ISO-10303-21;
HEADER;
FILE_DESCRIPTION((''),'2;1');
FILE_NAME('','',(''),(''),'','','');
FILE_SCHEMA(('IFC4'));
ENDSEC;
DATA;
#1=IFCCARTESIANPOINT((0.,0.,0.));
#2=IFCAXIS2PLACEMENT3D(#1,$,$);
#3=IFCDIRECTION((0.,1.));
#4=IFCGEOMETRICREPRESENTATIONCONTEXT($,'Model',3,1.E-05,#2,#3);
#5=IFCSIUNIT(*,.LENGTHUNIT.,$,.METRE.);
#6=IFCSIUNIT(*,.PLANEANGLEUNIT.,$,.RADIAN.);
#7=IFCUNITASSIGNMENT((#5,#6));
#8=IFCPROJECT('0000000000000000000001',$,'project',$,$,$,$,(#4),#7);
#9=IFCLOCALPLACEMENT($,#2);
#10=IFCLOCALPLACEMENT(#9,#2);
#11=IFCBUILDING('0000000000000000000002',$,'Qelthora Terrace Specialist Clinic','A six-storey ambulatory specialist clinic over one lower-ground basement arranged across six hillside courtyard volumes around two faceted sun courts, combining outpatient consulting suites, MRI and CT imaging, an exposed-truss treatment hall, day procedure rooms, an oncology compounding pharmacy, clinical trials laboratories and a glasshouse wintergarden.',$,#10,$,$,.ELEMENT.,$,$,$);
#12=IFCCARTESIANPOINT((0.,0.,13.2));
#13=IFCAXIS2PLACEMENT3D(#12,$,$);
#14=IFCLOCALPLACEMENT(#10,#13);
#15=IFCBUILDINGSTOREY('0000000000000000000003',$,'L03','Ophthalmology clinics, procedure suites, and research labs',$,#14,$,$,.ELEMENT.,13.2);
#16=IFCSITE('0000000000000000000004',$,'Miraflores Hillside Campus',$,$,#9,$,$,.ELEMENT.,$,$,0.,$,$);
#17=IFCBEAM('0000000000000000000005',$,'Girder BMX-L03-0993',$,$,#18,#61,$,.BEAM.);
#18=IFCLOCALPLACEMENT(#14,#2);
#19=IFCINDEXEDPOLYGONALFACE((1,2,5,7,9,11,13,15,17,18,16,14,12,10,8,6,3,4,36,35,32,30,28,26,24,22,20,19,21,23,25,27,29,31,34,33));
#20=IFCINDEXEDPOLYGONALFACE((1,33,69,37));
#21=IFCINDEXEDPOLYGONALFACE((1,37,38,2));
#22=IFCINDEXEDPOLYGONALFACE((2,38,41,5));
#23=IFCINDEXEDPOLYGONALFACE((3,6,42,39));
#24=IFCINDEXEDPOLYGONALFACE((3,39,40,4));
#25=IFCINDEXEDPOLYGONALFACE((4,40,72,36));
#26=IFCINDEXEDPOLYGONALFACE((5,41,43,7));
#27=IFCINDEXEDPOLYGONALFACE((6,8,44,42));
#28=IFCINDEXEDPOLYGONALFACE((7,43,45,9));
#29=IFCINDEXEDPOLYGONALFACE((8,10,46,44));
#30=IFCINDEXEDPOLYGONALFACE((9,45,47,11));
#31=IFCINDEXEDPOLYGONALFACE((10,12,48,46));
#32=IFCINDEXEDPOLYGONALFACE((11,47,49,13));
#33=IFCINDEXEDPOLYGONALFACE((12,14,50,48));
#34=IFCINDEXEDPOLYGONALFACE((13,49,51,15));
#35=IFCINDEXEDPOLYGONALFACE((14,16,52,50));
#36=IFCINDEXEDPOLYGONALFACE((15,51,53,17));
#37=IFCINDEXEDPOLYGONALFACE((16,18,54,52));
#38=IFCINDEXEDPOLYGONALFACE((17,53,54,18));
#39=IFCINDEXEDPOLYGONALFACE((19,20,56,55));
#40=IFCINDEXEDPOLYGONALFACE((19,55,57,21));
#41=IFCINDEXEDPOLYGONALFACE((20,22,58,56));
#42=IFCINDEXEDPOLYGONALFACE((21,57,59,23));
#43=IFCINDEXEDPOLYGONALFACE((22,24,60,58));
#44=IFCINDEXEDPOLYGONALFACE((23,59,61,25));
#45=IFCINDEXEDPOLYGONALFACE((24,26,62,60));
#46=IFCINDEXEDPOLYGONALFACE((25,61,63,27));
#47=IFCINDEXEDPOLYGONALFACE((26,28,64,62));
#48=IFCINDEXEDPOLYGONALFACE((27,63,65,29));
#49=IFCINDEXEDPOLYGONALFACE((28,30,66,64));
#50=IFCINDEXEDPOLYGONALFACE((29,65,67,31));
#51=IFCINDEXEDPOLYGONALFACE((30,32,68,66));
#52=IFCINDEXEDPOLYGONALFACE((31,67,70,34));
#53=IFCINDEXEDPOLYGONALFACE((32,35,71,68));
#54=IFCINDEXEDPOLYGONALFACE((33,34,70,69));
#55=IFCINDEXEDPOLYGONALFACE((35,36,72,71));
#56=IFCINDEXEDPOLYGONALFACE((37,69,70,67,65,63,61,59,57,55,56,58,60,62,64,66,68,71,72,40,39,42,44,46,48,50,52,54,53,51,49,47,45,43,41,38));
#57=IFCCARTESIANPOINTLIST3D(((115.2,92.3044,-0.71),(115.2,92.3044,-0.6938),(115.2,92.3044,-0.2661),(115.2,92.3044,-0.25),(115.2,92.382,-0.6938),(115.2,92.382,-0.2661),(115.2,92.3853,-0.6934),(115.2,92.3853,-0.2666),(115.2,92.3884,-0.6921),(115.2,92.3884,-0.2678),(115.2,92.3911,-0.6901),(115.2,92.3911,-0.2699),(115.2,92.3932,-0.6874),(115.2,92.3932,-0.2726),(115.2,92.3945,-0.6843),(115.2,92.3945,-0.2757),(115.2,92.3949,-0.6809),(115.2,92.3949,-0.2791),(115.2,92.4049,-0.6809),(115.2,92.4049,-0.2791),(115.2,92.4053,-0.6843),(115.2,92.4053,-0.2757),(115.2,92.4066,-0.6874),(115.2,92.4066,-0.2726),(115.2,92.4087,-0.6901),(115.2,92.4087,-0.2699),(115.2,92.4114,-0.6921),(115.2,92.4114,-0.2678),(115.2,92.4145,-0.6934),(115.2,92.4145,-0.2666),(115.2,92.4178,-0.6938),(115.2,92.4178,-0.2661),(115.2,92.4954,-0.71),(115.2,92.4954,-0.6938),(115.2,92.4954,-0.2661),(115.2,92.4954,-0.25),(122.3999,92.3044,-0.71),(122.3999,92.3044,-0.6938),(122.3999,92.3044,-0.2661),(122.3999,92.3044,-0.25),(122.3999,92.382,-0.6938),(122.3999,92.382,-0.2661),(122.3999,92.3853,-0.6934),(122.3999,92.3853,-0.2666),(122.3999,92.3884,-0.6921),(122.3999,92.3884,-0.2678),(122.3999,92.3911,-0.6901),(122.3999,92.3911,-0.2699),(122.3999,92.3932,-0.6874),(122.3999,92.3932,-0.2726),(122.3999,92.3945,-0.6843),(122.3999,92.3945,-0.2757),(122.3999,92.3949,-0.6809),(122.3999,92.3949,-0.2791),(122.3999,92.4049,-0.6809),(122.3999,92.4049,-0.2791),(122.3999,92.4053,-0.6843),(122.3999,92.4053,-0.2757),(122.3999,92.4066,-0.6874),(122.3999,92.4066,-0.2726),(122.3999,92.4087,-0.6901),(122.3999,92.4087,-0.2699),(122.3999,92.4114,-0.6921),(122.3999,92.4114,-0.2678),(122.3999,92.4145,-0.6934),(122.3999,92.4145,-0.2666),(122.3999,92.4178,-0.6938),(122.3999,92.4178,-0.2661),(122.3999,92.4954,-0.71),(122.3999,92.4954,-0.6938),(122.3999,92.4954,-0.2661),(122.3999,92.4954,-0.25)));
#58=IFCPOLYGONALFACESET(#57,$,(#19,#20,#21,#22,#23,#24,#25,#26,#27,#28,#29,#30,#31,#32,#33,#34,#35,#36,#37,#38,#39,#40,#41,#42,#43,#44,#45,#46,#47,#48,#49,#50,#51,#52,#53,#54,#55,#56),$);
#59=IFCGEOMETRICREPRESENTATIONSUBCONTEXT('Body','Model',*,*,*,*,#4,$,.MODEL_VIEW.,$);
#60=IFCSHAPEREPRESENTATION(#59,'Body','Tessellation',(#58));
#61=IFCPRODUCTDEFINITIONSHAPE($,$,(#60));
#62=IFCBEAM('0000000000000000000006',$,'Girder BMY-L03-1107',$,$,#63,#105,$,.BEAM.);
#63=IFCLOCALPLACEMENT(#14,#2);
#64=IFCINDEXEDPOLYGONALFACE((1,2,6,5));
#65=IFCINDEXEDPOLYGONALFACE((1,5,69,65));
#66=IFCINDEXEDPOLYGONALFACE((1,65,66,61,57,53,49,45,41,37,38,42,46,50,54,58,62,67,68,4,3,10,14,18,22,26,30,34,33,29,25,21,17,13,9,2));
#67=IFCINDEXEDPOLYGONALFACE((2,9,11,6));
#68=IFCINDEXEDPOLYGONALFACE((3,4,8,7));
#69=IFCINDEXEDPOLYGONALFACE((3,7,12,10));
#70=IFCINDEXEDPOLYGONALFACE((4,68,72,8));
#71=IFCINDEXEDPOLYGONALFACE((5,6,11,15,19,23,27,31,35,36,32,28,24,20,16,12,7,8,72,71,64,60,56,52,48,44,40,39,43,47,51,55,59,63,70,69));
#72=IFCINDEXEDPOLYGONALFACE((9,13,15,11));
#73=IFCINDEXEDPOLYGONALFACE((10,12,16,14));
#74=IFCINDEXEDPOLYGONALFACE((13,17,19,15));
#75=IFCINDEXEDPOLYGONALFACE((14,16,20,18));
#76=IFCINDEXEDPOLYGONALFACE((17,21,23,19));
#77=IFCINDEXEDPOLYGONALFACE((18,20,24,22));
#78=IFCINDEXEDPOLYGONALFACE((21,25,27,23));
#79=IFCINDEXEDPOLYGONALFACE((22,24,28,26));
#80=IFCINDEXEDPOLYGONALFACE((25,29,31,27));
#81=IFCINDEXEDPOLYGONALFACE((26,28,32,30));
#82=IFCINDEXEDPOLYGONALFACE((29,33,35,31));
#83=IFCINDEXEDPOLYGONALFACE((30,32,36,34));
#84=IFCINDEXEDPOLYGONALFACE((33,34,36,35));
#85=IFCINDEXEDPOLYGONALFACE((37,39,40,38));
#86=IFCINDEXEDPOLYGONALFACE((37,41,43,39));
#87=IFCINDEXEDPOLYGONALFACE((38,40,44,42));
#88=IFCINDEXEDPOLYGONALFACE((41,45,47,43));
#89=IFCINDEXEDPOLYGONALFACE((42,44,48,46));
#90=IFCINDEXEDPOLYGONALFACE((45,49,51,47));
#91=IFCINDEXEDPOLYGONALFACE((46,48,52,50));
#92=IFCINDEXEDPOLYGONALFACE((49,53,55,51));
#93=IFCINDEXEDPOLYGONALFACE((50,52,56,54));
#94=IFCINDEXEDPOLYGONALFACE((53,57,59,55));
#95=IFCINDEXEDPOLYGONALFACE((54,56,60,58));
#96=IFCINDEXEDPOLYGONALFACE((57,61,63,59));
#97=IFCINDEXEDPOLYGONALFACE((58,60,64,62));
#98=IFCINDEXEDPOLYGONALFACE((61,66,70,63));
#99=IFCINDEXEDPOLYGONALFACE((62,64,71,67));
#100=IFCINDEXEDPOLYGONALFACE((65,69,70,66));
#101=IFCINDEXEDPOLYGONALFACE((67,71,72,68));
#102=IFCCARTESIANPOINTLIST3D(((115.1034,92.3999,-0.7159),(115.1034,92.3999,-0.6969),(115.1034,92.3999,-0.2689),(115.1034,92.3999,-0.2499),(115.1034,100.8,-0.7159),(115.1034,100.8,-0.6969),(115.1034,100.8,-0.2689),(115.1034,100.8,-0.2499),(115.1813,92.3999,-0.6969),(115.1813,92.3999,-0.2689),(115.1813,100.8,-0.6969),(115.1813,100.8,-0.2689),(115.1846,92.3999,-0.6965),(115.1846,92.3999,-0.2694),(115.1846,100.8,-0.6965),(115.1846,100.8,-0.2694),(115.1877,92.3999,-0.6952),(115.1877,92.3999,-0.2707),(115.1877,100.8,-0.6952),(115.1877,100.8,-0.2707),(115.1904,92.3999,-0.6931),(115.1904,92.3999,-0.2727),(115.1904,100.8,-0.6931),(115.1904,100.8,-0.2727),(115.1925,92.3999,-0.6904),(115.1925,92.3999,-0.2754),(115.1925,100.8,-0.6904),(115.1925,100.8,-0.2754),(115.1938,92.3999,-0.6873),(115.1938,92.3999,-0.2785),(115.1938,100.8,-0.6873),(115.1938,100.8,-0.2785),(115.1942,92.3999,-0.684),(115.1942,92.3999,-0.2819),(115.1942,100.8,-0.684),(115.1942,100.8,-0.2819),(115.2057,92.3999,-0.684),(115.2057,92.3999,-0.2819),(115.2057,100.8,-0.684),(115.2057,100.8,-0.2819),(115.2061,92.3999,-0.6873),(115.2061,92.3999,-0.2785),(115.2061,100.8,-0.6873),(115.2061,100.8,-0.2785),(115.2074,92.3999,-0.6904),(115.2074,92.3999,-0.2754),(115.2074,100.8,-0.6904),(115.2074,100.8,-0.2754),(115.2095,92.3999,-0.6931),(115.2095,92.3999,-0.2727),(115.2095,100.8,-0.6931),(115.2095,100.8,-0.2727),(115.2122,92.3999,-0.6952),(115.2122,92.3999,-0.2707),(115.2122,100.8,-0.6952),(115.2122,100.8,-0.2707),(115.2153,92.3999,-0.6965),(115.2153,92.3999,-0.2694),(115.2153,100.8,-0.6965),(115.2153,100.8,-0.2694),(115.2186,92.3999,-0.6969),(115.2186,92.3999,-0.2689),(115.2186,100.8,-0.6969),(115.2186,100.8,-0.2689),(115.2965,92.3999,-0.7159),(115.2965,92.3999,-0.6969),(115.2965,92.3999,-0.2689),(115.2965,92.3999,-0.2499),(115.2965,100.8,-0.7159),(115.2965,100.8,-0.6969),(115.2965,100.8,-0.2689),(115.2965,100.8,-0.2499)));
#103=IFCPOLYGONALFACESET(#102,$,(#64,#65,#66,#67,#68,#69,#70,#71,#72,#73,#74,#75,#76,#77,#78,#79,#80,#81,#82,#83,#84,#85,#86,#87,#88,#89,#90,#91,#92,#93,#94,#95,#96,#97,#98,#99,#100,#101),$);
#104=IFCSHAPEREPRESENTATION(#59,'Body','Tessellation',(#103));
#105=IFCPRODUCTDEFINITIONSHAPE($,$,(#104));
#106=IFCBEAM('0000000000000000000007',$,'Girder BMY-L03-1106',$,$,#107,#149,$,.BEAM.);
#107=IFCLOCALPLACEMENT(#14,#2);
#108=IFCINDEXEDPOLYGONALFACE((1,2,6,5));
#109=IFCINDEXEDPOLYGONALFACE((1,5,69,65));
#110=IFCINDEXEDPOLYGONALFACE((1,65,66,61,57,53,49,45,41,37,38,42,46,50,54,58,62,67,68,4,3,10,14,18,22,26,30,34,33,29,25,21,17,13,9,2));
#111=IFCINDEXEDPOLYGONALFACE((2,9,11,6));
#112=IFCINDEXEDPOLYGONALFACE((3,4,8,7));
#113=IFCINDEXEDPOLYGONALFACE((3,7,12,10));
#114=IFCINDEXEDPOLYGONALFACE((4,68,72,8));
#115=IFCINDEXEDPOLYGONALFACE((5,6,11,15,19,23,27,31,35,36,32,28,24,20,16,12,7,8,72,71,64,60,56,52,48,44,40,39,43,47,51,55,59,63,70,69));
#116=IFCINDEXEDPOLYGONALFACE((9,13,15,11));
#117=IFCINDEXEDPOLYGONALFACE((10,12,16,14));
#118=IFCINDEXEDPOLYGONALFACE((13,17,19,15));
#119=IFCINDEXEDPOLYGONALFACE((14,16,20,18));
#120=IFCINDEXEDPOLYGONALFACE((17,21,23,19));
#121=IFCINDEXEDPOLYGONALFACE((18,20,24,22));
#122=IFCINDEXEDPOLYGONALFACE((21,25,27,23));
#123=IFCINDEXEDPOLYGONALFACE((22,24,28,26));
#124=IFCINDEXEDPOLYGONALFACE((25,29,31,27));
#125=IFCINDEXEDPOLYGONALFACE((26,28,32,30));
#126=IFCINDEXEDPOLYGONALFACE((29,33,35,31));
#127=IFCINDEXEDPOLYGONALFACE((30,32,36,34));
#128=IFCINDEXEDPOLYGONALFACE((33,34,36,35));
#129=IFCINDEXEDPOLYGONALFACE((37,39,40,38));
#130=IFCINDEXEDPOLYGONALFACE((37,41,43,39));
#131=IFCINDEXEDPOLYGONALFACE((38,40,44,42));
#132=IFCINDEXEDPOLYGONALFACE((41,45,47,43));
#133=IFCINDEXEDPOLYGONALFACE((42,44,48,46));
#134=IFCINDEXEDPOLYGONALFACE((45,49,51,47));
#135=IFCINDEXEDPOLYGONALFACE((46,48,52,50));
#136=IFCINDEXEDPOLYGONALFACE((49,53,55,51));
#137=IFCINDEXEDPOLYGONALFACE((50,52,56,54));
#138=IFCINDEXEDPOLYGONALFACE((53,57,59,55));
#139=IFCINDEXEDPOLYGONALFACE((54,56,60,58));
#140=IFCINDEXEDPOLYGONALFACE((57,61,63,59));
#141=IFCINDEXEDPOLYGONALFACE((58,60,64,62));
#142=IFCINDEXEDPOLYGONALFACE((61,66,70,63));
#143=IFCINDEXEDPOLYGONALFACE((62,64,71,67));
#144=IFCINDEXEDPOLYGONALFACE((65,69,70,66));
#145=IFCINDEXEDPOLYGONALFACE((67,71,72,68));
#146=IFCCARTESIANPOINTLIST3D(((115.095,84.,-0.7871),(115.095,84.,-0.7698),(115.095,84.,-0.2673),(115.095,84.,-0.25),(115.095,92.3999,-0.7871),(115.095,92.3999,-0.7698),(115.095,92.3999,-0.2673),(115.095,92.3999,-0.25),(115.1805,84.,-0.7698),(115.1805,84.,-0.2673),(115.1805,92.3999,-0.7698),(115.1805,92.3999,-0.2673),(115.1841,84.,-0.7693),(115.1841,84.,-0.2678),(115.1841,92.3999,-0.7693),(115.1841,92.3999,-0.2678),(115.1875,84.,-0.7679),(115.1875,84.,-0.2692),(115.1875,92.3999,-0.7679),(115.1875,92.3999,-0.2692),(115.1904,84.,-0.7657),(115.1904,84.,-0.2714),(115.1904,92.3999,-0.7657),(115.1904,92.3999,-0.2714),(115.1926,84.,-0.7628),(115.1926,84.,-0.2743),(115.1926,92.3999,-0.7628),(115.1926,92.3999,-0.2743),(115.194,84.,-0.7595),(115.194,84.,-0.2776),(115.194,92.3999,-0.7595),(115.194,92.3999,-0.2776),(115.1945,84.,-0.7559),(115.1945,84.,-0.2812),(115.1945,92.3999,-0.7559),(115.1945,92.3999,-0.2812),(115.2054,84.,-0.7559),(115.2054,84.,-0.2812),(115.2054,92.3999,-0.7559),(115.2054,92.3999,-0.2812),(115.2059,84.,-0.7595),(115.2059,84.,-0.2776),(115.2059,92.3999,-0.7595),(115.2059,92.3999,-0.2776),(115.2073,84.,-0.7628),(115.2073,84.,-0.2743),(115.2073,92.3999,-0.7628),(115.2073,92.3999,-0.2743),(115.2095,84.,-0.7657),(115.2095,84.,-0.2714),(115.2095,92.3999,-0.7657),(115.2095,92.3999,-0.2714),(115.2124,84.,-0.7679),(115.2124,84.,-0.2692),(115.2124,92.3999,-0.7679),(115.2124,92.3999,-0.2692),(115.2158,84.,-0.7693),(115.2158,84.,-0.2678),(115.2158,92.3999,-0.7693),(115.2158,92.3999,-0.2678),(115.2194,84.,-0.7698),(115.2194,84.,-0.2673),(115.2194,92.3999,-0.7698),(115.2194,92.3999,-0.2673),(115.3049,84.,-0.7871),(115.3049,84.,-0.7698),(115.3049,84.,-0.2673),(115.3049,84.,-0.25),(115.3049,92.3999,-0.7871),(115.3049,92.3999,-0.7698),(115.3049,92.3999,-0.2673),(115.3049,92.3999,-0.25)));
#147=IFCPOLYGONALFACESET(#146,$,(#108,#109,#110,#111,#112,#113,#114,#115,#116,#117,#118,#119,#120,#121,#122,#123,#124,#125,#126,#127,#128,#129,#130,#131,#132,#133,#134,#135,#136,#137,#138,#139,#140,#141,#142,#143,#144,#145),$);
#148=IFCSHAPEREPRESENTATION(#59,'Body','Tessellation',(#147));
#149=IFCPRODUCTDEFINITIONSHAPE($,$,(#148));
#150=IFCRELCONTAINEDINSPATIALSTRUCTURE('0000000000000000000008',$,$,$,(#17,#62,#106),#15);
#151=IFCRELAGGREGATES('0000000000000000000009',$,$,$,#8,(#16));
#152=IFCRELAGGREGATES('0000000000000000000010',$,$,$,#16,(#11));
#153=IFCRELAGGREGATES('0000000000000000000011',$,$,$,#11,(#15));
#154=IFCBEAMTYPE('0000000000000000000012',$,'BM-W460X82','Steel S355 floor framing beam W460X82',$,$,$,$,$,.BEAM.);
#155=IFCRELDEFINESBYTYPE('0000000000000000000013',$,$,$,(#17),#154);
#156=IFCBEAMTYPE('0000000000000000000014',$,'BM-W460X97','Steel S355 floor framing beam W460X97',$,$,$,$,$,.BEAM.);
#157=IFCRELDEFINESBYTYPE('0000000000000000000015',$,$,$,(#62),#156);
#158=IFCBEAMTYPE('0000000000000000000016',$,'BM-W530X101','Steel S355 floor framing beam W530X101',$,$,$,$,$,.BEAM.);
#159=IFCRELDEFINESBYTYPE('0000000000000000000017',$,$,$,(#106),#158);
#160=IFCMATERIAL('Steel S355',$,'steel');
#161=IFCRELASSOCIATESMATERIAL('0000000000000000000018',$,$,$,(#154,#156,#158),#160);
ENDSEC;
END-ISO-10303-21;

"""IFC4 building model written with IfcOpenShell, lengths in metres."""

from ifc_helpers import new_model, si_unit, direction, frame, origin, origin_2d, place, context, subcontext, project, spatial, i_section, extrude, material, material_profile, profile_set, type_object, element, save


model = new_model("IFC4")

# Units and contexts
model_context = context("Model", 3, precision=1e-05, world=origin(), true_north=direction((0.0, 1.0)))
body_context = subcontext(model_context, "Body", "Model", "MODEL_VIEW")
ifc_project = project(units=[si_unit("LENGTHUNIT", "METRE"), si_unit("PLANEANGLEUNIT", "RADIAN")], contexts=[model_context])

# Site, building, storey
site_placement = place(None, origin())
site = spatial("IfcSite", under=ifc_project, at=site_placement, Name="Miraflores Hillside Campus", CompositionType="ELEMENT", RefElevation=0.0)
building_placement = place(site_placement, origin())
building = spatial("IfcBuilding", under=site, at=building_placement, Name="Qelthora Terrace Specialist Clinic", Description="A six-storey ambulatory specialist clinic over one lower-ground basement arranged across six hillside courtyard volumes around two faceted sun courts, combining outpatient consulting suites, MRI and CT imaging, an exposed-truss treatment hall, day procedure rooms, an oncology compounding pharmacy, clinical trials laboratories and a glasshouse wintergarden.", CompositionType="ELEMENT")
storey_placement = place(building_placement, frame((0.0, 0.0, 13.2)))
storey = spatial("IfcBuildingStorey", under=building, at=storey_placement, Name="L03", Description="Ophthalmology clinics, procedure suites, and research labs", CompositionType="ELEMENT", Elevation=13.2)

# Shared definitions
ifc_material_1 = material(Name="Steel S355", Category="steel")

# Beams
ifc_material_profile_1 = material_profile(ifc_material_1, i_section(OverallWidth=0.1909, OverallDepth=0.46, WebThickness=0.01, FlangeThickness=0.0161, FilletRadius=0.0129, at=origin_2d()), Name="W460X82")
ifc_profile_set_1 = profile_set([ifc_material_profile_1], Name="Steel S355")
beam_type_1 = type_object("IfcBeamType", Name="BM-W460X82", Description="Steel S355 floor framing beam W460X82", PredefinedType="BEAM", material=ifc_profile_set_1)
beam_1_placement = place(storey_placement, frame((115.2, 92.3999, -0.48), z_axis=(1.0, 0.0, 0.0), x_axis=(0.0, 1.0, 0.0)))
element("IfcBeam", 1, at=beam_1_placement, inside=storey, type_object=beam_type_1, Name="Girder BMX-L03-0993", PredefinedType="BEAM", context=body_context, shape_type="SweptSolid", body=[
    extrude(i_section(OverallWidth=0.1909, OverallDepth=0.46, WebThickness=0.01, FlangeThickness=0.0161, FilletRadius=0.0129, at=origin_2d()), origin(), (0.0, 0.0, 1.0), 7.2),
])
ifc_material_profile_2 = material_profile(ifc_material_1, i_section(OverallWidth=0.1931, OverallDepth=0.4661, WebThickness=0.0115, FlangeThickness=0.019, FilletRadius=0.0129, at=origin_2d()), Name="W460X97")
ifc_profile_set_2 = profile_set([ifc_material_profile_2], Name="Steel S355")
beam_type_2 = type_object("IfcBeamType", Name="BM-W460X97", Description="Steel S355 floor framing beam W460X97", PredefinedType="BEAM", material=ifc_profile_set_2)
beam_2_placement = place(storey_placement, frame((115.2, 92.3999, -0.4829), z_axis=(0.0, 1.0, 0.0), x_axis=(-1.0, 0.0, 0.0)))
element("IfcBeam", 2, at=beam_2_placement, inside=storey, type_object=beam_type_2, Name="Girder BMY-L03-1107", PredefinedType="BEAM", context=body_context, shape_type="SweptSolid", body=[
    extrude(i_section(OverallWidth=0.1931, OverallDepth=0.4661, WebThickness=0.0115, FlangeThickness=0.019, FilletRadius=0.0129, at=origin_2d()), origin(), (0.0, 0.0, 1.0), 8.4001),
])
ifc_material_profile_3 = material_profile(ifc_material_1, i_section(OverallWidth=0.21, OverallDepth=0.5371, WebThickness=0.011, FlangeThickness=0.0173, FilletRadius=0.0139, at=origin_2d()), Name="W530X101")
ifc_profile_set_3 = profile_set([ifc_material_profile_3], Name="Steel S355")
beam_type_3 = type_object("IfcBeamType", Name="BM-W530X101", Description="Steel S355 floor framing beam W530X101", PredefinedType="BEAM", material=ifc_profile_set_3)
beam_3_placement = place(storey_placement, frame((115.2, 84.0, -0.5186), z_axis=(0.0, 1.0, 0.0), x_axis=(-1.0, 0.0, 0.0)))
element("IfcBeam", 3, at=beam_3_placement, inside=storey, type_object=beam_type_3, Name="Girder BMY-L03-1106", PredefinedType="BEAM", context=body_context, shape_type="SweptSolid", body=[
    extrude(i_section(OverallWidth=0.21, OverallDepth=0.5371, WebThickness=0.011, FlangeThickness=0.0173, FilletRadius=0.0139, at=origin_2d()), origin(), (0.0, 0.0, 1.0), 8.3999),
])

save(model, "model.ifc")
